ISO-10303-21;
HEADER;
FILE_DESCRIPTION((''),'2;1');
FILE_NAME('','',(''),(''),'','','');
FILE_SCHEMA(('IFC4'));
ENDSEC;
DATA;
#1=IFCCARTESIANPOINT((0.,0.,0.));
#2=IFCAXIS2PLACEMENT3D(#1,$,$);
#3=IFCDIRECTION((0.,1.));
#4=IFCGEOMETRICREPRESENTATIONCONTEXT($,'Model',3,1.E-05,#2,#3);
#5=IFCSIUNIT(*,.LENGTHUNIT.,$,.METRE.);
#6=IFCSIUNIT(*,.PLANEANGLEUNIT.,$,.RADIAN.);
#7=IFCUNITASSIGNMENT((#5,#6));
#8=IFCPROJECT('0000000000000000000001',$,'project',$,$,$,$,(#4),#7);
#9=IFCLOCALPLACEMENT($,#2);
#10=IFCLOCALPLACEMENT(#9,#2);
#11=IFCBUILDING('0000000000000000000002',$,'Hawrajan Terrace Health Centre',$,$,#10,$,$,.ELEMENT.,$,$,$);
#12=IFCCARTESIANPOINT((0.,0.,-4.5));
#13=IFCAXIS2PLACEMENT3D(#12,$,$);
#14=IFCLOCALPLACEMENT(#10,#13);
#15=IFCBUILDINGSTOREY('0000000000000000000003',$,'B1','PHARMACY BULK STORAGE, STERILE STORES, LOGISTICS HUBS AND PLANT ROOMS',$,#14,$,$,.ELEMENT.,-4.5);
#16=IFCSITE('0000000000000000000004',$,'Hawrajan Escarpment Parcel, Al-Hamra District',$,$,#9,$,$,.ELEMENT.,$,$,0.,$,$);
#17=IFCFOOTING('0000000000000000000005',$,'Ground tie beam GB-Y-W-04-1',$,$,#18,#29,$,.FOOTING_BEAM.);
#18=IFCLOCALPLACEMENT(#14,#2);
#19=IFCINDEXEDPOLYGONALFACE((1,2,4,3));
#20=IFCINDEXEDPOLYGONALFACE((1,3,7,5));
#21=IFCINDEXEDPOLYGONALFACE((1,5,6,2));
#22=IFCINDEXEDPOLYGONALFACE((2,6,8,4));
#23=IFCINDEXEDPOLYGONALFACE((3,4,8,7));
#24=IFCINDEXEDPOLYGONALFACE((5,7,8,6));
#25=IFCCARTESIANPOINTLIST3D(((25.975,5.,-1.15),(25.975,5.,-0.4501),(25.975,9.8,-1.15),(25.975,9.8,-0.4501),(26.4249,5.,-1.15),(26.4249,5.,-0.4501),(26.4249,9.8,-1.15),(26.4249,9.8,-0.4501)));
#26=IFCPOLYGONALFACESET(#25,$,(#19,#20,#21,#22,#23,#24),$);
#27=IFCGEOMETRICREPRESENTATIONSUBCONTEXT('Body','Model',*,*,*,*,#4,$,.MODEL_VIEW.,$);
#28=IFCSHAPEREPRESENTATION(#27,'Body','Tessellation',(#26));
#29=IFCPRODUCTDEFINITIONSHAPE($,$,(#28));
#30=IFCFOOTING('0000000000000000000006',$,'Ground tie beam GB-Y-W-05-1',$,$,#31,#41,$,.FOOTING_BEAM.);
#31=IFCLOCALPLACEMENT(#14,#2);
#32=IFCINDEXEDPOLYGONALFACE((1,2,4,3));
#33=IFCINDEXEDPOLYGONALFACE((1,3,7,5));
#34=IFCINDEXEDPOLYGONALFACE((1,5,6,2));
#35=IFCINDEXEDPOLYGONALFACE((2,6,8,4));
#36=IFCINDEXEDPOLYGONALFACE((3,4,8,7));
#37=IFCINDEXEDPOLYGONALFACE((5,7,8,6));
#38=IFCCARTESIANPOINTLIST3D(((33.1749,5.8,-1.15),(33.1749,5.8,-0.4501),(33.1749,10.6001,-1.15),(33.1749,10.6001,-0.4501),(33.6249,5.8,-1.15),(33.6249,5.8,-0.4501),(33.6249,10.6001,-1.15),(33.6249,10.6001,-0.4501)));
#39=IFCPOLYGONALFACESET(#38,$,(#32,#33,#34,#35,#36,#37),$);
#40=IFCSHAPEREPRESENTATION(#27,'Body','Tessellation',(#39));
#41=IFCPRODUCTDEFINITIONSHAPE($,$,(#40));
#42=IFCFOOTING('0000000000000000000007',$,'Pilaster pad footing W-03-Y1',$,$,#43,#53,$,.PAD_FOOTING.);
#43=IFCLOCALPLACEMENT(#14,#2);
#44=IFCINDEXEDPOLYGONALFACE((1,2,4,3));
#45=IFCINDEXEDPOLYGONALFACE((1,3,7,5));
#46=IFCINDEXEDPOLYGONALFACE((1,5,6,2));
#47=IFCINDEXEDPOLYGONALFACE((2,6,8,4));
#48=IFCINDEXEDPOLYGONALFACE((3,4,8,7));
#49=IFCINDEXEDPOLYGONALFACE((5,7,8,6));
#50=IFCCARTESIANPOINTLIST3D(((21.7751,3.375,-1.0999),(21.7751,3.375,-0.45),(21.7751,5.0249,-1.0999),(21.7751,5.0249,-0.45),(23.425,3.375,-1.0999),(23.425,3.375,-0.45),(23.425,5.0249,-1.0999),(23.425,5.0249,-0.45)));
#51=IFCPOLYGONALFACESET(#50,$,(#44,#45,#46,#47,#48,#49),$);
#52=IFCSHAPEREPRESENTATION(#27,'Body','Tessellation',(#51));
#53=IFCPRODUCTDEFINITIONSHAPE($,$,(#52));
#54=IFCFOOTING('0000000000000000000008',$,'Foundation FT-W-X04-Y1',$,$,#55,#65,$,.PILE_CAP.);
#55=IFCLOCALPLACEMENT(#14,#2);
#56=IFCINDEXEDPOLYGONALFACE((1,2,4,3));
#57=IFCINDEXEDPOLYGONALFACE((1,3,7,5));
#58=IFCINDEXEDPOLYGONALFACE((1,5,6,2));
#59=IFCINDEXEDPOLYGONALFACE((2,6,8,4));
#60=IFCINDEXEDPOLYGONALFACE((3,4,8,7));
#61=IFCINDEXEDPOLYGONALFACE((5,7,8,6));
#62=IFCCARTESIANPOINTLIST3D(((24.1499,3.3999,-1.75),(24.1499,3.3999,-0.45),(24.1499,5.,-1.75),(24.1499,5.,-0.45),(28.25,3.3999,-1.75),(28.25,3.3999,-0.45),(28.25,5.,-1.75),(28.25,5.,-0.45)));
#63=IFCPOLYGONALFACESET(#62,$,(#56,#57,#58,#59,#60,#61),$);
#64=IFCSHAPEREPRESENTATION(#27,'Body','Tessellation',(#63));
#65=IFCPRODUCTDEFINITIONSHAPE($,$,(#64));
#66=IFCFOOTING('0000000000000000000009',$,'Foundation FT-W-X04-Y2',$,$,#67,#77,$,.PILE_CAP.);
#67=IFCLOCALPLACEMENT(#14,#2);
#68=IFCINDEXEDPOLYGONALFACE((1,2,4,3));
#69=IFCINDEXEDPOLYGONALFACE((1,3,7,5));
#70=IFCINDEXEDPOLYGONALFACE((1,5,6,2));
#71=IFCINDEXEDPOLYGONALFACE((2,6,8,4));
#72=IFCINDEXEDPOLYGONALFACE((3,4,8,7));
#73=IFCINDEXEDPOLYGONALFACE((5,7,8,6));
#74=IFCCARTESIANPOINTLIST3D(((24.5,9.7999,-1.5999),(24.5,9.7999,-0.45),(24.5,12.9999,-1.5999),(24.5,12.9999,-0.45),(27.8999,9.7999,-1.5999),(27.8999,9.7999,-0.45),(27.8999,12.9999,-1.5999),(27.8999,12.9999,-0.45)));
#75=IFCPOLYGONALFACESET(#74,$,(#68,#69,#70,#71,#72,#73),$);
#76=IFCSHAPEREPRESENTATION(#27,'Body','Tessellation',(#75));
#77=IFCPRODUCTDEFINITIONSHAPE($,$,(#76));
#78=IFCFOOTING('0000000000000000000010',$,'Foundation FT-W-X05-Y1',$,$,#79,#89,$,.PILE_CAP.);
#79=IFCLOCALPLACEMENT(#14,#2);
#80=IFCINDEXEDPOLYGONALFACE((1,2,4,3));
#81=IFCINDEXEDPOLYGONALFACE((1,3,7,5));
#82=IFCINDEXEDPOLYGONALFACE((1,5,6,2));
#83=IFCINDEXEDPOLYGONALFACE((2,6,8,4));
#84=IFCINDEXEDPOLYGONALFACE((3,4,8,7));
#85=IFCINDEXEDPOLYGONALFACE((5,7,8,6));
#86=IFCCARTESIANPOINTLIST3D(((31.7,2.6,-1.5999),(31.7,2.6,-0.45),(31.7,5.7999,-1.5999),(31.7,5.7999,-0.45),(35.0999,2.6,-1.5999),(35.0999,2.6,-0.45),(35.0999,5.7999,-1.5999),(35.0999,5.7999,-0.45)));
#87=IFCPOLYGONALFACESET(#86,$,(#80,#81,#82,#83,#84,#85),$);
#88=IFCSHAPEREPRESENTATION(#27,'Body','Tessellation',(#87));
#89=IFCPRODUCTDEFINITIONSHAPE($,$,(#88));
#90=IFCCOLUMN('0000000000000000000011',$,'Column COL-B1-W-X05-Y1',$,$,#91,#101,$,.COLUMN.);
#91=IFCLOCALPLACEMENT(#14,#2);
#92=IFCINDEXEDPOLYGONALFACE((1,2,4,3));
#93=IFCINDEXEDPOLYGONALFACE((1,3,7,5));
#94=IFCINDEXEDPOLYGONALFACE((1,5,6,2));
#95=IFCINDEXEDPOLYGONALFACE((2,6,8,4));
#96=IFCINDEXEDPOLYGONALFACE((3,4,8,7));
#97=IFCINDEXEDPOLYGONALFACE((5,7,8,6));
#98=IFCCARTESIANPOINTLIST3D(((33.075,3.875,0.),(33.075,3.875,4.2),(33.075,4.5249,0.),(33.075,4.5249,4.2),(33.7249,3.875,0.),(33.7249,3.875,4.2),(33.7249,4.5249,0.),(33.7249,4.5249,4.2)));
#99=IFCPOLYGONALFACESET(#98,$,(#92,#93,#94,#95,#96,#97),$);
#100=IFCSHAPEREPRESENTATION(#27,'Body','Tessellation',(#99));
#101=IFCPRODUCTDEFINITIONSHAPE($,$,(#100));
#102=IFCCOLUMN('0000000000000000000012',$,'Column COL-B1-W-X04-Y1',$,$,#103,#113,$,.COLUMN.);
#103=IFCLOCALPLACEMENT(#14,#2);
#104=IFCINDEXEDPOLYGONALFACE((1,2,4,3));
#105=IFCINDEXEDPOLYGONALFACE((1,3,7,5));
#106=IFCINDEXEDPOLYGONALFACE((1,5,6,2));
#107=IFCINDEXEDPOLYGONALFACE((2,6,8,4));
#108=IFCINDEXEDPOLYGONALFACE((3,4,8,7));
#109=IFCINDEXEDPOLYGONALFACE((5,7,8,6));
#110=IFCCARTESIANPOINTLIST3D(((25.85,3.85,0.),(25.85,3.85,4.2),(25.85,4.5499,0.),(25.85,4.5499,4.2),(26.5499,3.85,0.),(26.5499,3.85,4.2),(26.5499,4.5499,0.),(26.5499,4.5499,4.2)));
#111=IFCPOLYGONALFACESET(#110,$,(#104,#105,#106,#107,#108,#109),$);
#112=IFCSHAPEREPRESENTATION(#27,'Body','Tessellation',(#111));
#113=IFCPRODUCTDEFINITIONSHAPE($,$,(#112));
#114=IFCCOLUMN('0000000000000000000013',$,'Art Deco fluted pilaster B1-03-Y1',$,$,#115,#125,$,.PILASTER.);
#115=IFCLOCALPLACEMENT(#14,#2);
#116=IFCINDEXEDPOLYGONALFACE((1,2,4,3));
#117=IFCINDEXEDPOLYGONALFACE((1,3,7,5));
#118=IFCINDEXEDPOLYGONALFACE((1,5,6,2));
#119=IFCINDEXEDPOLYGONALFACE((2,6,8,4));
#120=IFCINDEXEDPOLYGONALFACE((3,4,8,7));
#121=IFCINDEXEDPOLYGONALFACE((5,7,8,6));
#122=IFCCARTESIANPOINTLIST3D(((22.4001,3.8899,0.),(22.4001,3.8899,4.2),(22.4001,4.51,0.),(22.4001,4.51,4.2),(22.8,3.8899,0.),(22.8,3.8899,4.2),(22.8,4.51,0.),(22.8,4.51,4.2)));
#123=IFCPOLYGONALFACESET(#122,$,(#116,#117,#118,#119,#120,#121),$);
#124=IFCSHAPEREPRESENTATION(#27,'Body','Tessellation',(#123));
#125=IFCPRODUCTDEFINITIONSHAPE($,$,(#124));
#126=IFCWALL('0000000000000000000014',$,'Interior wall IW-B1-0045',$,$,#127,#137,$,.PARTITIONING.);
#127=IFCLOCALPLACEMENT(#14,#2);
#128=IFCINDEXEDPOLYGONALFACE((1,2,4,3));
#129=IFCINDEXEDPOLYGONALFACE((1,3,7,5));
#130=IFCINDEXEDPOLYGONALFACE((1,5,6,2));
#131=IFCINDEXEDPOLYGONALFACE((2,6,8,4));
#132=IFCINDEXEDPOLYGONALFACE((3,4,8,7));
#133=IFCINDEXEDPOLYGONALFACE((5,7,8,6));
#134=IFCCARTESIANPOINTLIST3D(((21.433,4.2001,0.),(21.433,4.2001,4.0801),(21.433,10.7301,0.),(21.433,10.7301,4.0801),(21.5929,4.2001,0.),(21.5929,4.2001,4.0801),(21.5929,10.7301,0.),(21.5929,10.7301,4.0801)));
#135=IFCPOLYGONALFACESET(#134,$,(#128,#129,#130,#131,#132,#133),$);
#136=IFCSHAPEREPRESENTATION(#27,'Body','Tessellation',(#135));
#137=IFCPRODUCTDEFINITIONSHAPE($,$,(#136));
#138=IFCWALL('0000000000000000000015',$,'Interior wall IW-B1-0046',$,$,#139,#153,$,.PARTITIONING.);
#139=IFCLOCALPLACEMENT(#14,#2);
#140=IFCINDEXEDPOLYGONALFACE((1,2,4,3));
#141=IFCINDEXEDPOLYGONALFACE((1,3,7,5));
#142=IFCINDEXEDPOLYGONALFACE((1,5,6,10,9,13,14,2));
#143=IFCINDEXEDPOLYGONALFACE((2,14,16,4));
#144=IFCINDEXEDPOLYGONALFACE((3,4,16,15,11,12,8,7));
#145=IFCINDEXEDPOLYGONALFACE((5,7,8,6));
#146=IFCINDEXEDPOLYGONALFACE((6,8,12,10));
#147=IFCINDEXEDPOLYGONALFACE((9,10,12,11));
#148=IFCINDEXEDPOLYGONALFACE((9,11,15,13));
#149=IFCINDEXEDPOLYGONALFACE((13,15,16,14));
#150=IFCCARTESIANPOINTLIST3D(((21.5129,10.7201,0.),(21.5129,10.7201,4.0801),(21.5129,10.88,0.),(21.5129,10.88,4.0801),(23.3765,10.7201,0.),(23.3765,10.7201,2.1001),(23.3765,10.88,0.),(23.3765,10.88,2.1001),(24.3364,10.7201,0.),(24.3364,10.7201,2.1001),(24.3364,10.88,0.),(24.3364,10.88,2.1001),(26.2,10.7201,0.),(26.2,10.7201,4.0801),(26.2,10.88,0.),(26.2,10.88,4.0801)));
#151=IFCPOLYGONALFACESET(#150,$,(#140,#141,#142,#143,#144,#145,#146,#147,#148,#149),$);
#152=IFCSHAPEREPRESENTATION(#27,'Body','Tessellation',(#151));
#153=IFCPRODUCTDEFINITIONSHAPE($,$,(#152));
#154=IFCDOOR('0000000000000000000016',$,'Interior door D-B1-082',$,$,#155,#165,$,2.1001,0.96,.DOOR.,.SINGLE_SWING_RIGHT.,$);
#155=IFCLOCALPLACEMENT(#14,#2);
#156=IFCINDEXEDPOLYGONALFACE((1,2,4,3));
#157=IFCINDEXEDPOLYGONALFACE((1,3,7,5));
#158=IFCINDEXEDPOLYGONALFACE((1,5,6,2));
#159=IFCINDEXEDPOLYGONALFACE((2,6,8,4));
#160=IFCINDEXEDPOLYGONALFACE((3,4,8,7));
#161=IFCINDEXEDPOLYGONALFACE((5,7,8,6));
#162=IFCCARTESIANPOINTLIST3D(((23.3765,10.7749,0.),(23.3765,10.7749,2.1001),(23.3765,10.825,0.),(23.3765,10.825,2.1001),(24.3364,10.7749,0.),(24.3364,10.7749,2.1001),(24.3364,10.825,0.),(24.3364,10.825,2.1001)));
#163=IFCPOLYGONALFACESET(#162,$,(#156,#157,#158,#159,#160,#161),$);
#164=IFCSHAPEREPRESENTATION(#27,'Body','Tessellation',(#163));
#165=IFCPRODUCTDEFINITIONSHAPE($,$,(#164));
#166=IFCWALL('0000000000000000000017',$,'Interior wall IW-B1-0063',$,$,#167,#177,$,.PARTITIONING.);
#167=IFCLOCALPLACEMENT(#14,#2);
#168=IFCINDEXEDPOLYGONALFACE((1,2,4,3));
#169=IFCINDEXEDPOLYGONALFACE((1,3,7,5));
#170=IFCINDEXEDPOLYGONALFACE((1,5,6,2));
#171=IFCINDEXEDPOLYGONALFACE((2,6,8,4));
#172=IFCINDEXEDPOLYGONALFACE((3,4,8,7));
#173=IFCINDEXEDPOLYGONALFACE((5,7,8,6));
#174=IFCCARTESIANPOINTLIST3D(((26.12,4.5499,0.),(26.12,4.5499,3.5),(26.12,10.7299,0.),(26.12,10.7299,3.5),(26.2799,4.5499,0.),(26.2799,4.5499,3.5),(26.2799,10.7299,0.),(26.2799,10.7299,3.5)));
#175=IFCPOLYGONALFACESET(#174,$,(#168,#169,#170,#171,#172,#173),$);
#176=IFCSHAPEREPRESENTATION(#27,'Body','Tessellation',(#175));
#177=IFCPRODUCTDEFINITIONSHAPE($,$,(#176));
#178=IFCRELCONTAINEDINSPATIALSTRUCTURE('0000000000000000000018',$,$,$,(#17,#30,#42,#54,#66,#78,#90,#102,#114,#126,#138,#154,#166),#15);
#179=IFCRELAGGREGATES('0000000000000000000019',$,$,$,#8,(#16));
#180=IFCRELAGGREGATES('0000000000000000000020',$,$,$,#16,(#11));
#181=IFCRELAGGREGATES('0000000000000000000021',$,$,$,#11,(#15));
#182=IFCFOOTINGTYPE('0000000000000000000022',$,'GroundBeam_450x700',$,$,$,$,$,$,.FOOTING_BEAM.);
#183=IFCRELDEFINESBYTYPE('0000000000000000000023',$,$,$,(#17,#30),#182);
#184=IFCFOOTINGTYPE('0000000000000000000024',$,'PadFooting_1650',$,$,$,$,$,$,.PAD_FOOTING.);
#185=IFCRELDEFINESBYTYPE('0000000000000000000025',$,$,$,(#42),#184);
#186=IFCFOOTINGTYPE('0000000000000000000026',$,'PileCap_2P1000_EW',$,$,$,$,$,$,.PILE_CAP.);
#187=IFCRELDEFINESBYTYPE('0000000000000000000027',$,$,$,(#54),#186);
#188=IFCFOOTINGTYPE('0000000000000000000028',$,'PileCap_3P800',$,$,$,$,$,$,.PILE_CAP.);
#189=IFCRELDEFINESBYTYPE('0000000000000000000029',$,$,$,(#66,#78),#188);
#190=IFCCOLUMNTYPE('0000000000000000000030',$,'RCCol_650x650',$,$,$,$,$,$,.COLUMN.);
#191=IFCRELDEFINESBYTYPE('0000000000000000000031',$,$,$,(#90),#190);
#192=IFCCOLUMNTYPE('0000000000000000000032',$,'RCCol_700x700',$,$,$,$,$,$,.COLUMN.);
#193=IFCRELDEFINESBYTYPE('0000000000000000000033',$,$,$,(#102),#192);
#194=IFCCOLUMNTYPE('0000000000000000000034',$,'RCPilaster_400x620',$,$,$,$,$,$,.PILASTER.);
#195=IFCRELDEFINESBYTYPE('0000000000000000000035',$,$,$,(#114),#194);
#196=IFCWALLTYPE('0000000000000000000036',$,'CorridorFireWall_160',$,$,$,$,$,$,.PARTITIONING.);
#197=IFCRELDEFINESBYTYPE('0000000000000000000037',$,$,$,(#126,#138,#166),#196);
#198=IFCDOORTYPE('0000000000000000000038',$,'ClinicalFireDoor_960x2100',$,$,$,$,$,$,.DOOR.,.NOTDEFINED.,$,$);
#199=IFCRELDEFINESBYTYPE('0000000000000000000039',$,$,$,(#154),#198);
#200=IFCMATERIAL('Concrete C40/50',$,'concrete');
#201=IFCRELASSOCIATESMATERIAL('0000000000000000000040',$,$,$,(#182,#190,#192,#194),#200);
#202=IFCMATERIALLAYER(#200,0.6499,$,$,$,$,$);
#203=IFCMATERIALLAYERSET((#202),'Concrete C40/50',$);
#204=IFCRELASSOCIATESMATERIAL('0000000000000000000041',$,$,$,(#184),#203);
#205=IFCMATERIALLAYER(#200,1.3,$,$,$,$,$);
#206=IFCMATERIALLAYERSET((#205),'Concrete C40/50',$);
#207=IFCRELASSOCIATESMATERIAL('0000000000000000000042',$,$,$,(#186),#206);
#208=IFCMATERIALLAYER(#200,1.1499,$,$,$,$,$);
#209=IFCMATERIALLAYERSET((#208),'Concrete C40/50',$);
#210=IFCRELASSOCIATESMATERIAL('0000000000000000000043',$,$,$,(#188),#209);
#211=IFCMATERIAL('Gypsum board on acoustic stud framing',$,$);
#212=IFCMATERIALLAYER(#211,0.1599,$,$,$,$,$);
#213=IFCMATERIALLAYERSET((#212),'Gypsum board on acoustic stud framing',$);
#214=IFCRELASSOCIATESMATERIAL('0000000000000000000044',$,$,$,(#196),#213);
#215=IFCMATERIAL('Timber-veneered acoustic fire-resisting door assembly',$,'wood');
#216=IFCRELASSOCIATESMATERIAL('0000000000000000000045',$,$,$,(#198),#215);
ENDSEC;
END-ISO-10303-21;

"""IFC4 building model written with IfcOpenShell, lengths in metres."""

from ifc_helpers import new_model, si_unit, direction, frame, frame_2d, origin, origin_2d, place, context, subcontext, project, spatial, rectangle, extrude, material, layer, layer_set, material_profile, profile_set, type_object, element, fill, save


model = new_model("IFC4")

# Units and contexts
model_context = context("Model", 3, precision=1e-05, world=origin(), true_north=direction((0.0, 1.0)))
body_context = subcontext(model_context, "Body", "Model", "MODEL_VIEW")
ifc_project = project(units=[si_unit("LENGTHUNIT", "METRE"), si_unit("PLANEANGLEUNIT", "RADIAN")], contexts=[model_context])

# Site, building, storey
site_placement = place(None, origin())
site = spatial("IfcSite", under=ifc_project, at=site_placement, Name="Hawrajan Escarpment Parcel, Al-Hamra District", CompositionType="ELEMENT", RefElevation=0.0)
building_placement = place(site_placement, origin())
building = spatial("IfcBuilding", under=site, at=building_placement, Name="Hawrajan Terrace Health Centre", CompositionType="ELEMENT")
storey_placement = place(building_placement, frame((0.0, 0.0, -4.5)))
storey = spatial("IfcBuildingStorey", under=building, at=storey_placement, Name="B1", Description="PHARMACY BULK STORAGE, STERILE STORES, LOGISTICS HUBS AND PLANT ROOMS", CompositionType="ELEMENT", Elevation=-4.5)

# Shared definitions
ifc_material_1 = material(Name="Concrete C40/50", Category="concrete")

# Footings
ifc_material_profile_1 = material_profile(ifc_material_1, rectangle(XDim=0.45, YDim=0.7, at=origin_2d()), Name="RC BM 450x700")
ifc_profile_set_1 = profile_set([ifc_material_profile_1], Name="Concrete C40/50")
footing_type_1 = type_object("IfcFootingType", Name="GroundBeam_450x700", PredefinedType="FOOTING_BEAM", material=ifc_profile_set_1)
for number, where, z_axis, x_axis, name in (
    (1, (26.2, 5.0, -0.8), (0.0, 1.0, 0.0), (-1.0, 0.0, 0.0), "Ground tie beam GB-Y-W-04-1"),
    (2, (33.3999, 5.8, -0.8), (0.0, 1.0, 0.0), (-1.0, 0.0, 0.0), "Ground tie beam GB-Y-W-05-1"),
):
    element("IfcFooting", number, at=place(storey_placement, frame(where, z_axis=z_axis, x_axis=x_axis)), inside=storey, type_object=footing_type_1, Name=name, PredefinedType="FOOTING_BEAM", context=body_context, shape_type="SweptSolid", body=[
        extrude(rectangle(XDim=0.45, YDim=0.7, at=origin_2d()), origin(), (0.0, 0.0, 1.0), 4.8),
    ])
ifc_layer_1 = layer(ifc_material_1, 0.6499)
ifc_layer_set_1 = layer_set([ifc_layer_1], Name="Concrete C40/50")
footing_type_2 = type_object("IfcFootingType", Name="PadFooting_1650", PredefinedType="PAD_FOOTING", material=ifc_layer_set_1)
footing_1_placement = place(storey_placement, frame((22.6001, 4.2, -1.0999), z_axis=(0.0, 0.0, 1.0), x_axis=(1.0, 0.0, 0.0)))
element("IfcFooting", 3, at=footing_1_placement, inside=storey, type_object=footing_type_2, Name="Pilaster pad footing W-03-Y1", PredefinedType="PAD_FOOTING", context=body_context, shape_type="SweptSolid", body=[
    extrude(rectangle(XDim=1.6499, YDim=1.6499, at=origin_2d()), origin(), (0.0, 0.0, 1.0), 0.6499),
])
ifc_layer_2 = layer(ifc_material_1, 1.3)
ifc_layer_set_2 = layer_set([ifc_layer_2], Name="Concrete C40/50")
footing_type_3 = type_object("IfcFootingType", Name="PileCap_2P1000_EW", PredefinedType="PILE_CAP", material=ifc_layer_set_2)
footing_2_placement = place(storey_placement, frame((26.2, 4.2, -1.75), z_axis=(0.0, 0.0, 1.0), x_axis=(1.0, 0.0, 0.0)))
element("IfcFooting", 4, at=footing_2_placement, inside=storey, type_object=footing_type_3, Name="Foundation FT-W-X04-Y1", PredefinedType="PILE_CAP", context=body_context, shape_type="SweptSolid", body=[
    extrude(rectangle(XDim=4.1001, YDim=1.6001, at=origin_2d()), origin(), (0.0, 0.0, 1.0), 1.3),
])
ifc_layer_3 = layer(ifc_material_1, 1.1499)
ifc_layer_set_3 = layer_set([ifc_layer_3], Name="Concrete C40/50")
footing_type_4 = type_object("IfcFootingType", Name="PileCap_3P800", PredefinedType="PILE_CAP", material=ifc_layer_set_3)
for number, where, z_axis, x_axis, name in (
    (5, (26.2, 11.3999, -1.5999), (0.0, 0.0, 1.0), (1.0, 0.0, 0.0), "Foundation FT-W-X04-Y2"),
    (6, (33.3999, 4.2, -1.5999), (0.0, 0.0, 1.0), (1.0, 0.0, 0.0), "Foundation FT-W-X05-Y1"),
):
    element("IfcFooting", number, at=place(storey_placement, frame(where, z_axis=z_axis, x_axis=x_axis)), inside=storey, type_object=footing_type_4, Name=name, PredefinedType="PILE_CAP", context=body_context, shape_type="SweptSolid", body=[
        extrude(rectangle(XDim=3.3999, YDim=3.2, at=origin_2d()), origin(), (0.0, 0.0, 1.0), 1.1499),
    ])

# Columns
ifc_material_profile_2 = material_profile(ifc_material_1, rectangle(XDim=0.6499, YDim=0.6499, at=origin_2d()), Name="RC 650x650")
ifc_profile_set_2 = profile_set([ifc_material_profile_2], Name="Concrete C40/50")
column_type_1 = type_object("IfcColumnType", Name="RCCol_650x650", PredefinedType="COLUMN", material=ifc_profile_set_2)
column_1_placement = place(storey_placement, frame((33.3999, 4.2, 0.0), z_axis=(0.0, 0.0, 1.0), x_axis=(1.0, 0.0, 0.0)))
element("IfcColumn", 7, at=column_1_placement, inside=storey, type_object=column_type_1, Name="Column COL-B1-W-X05-Y1", PredefinedType="COLUMN", context=body_context, shape_type="SweptSolid", body=[
    extrude(rectangle(XDim=0.6499, YDim=0.6499, at=origin_2d()), origin(), (0.0, 0.0, 1.0), 4.2),
])
ifc_material_profile_3 = material_profile(ifc_material_1, rectangle(XDim=0.7, YDim=0.7, at=origin_2d()), Name="RC 700x700")
ifc_profile_set_3 = profile_set([ifc_material_profile_3], Name="Concrete C40/50")
column_type_2 = type_object("IfcColumnType", Name="RCCol_700x700", PredefinedType="COLUMN", material=ifc_profile_set_3)
column_2_placement = place(storey_placement, frame((26.2, 4.2, 0.0), z_axis=(0.0, 0.0, 1.0), x_axis=(1.0, 0.0, 0.0)))
element("IfcColumn", 8, at=column_2_placement, inside=storey, type_object=column_type_2, Name="Column COL-B1-W-X04-Y1", PredefinedType="COLUMN", context=body_context, shape_type="SweptSolid", body=[
    extrude(rectangle(XDim=0.7, YDim=0.7, at=origin_2d()), origin(), (0.0, 0.0, 1.0), 4.2),
])
ifc_material_profile_4 = material_profile(ifc_material_1, rectangle(XDim=0.3999, YDim=0.6201, at=origin_2d()), Name="RC PIL 400x620")
ifc_profile_set_4 = profile_set([ifc_material_profile_4], Name="Concrete C40/50")
column_type_3 = type_object("IfcColumnType", Name="RCPilaster_400x620", PredefinedType="PILASTER", material=ifc_profile_set_4)
column_3_placement = place(storey_placement, frame((22.6001, 4.2, 0.0), z_axis=(0.0, 0.0, 1.0), x_axis=(1.0, 0.0, 0.0)))
element("IfcColumn", 9, at=column_3_placement, inside=storey, type_object=column_type_3, Name="Art Deco fluted pilaster B1-03-Y1", PredefinedType="PILASTER", context=body_context, shape_type="SweptSolid", body=[
    extrude(rectangle(XDim=0.3999, YDim=0.6201, at=origin_2d()), origin(), (0.0, 0.0, 1.0), 4.2),
])

# Wall
ifc_material_2 = material(Name="Gypsum board on acoustic stud framing")
ifc_layer_4 = layer(ifc_material_2, 0.1599)
ifc_layer_set_4 = layer_set([ifc_layer_4], Name="Gypsum board on acoustic stud framing")
wall_type_1 = type_object("IfcWallType", Name="CorridorFireWall_160", PredefinedType="PARTITIONING", material=ifc_layer_set_4)
wall_1_placement = place(storey_placement, frame((21.5129, 4.2, 0.0), z_axis=(0.0, 0.0, 1.0), x_axis=(0.0, 1.0, 0.0)))
element("IfcWall", 10, at=wall_1_placement, inside=storey, type_object=wall_type_1, Name="Interior wall IW-B1-0045", PredefinedType="PARTITIONING", context=body_context, shape_type="SweptSolid", body=[
    extrude(rectangle(XDim=6.53, YDim=0.1599, at=frame_2d((3.2651, 0.0))), origin(), (0.0, 0.0, 1.0), 4.0801),
])

# Wall, opening, door
wall_2_placement = place(storey_placement, frame((21.5129, 10.8, 0.0), z_axis=(0.0, 0.0, 1.0), x_axis=(1.0, 0.0, 0.0)))
wall_2 = element("IfcWall", 11, at=wall_2_placement, inside=storey, type_object=wall_type_1, Name="Interior wall IW-B1-0046", PredefinedType="PARTITIONING", context=body_context, shape_type="SweptSolid", body=[
    extrude(rectangle(XDim=4.687, YDim=0.1599, at=frame_2d((2.3435, 0.0))), origin(), (0.0, 0.0, 1.0), 4.0801),
])
opening_1_placement = place(wall_2_placement, frame((1.8635, 0.0, 0.0)))
opening_1 = element("IfcOpeningElement", 12, at=opening_1_placement, cuts=wall_2, PredefinedType="OPENING", context=body_context, shape_type="SweptSolid", body=[
    extrude(rectangle(XDim=0.96, YDim=2.1001, at=frame_2d((0.48, 1.05))), frame((0.0, 0.0898, 0.0), z_axis=(0.0, -1.0, 0.0), x_axis=(1.0, 0.0, 0.0)), (0.0, 0.0, 1.0), 0.1799),
])
ifc_material_3 = material(Name="Timber-veneered acoustic fire-resisting door assembly", Category="wood")
door_type = type_object("IfcDoorType", Name="ClinicalFireDoor_960x2100", OperationType="NOTDEFINED", PredefinedType="DOOR", material=ifc_material_3)
door_1_placement = place(opening_1_placement, origin())
door_1 = element("IfcDoor", 13, at=door_1_placement, inside=storey, type_object=door_type, Name="Interior door D-B1-082", OperationType="SINGLE_SWING_RIGHT", OverallHeight=2.1001, OverallWidth=0.96, PredefinedType="DOOR", context=body_context, shape_type="SweptSolid", body=[
    extrude(rectangle(XDim=0.96, YDim=2.1001, at=frame_2d((0.48, 1.05))), frame((0.0, 0.0249, 0.0), z_axis=(0.0, -1.0, 0.0), x_axis=(1.0, 0.0, 0.0)), (0.0, 0.0, 1.0), 0.05),
])
fill(opening_1, door_1)

# Wall
wall_3_placement = place(storey_placement, frame((26.2, 4.55, 0.0), z_axis=(0.0, 0.0, 1.0), x_axis=(0.0, 1.0, 0.0)))
element("IfcWall", 14, at=wall_3_placement, inside=storey, type_object=wall_type_1, Name="Interior wall IW-B1-0063", PredefinedType="PARTITIONING", context=body_context, shape_type="SweptSolid", body=[
    extrude(rectangle(XDim=6.1799, YDim=0.1599, at=frame_2d((3.0898, 0.0))), origin(), (0.0, 0.0, 1.0), 3.5),
])

save(model, "model.ifc")
